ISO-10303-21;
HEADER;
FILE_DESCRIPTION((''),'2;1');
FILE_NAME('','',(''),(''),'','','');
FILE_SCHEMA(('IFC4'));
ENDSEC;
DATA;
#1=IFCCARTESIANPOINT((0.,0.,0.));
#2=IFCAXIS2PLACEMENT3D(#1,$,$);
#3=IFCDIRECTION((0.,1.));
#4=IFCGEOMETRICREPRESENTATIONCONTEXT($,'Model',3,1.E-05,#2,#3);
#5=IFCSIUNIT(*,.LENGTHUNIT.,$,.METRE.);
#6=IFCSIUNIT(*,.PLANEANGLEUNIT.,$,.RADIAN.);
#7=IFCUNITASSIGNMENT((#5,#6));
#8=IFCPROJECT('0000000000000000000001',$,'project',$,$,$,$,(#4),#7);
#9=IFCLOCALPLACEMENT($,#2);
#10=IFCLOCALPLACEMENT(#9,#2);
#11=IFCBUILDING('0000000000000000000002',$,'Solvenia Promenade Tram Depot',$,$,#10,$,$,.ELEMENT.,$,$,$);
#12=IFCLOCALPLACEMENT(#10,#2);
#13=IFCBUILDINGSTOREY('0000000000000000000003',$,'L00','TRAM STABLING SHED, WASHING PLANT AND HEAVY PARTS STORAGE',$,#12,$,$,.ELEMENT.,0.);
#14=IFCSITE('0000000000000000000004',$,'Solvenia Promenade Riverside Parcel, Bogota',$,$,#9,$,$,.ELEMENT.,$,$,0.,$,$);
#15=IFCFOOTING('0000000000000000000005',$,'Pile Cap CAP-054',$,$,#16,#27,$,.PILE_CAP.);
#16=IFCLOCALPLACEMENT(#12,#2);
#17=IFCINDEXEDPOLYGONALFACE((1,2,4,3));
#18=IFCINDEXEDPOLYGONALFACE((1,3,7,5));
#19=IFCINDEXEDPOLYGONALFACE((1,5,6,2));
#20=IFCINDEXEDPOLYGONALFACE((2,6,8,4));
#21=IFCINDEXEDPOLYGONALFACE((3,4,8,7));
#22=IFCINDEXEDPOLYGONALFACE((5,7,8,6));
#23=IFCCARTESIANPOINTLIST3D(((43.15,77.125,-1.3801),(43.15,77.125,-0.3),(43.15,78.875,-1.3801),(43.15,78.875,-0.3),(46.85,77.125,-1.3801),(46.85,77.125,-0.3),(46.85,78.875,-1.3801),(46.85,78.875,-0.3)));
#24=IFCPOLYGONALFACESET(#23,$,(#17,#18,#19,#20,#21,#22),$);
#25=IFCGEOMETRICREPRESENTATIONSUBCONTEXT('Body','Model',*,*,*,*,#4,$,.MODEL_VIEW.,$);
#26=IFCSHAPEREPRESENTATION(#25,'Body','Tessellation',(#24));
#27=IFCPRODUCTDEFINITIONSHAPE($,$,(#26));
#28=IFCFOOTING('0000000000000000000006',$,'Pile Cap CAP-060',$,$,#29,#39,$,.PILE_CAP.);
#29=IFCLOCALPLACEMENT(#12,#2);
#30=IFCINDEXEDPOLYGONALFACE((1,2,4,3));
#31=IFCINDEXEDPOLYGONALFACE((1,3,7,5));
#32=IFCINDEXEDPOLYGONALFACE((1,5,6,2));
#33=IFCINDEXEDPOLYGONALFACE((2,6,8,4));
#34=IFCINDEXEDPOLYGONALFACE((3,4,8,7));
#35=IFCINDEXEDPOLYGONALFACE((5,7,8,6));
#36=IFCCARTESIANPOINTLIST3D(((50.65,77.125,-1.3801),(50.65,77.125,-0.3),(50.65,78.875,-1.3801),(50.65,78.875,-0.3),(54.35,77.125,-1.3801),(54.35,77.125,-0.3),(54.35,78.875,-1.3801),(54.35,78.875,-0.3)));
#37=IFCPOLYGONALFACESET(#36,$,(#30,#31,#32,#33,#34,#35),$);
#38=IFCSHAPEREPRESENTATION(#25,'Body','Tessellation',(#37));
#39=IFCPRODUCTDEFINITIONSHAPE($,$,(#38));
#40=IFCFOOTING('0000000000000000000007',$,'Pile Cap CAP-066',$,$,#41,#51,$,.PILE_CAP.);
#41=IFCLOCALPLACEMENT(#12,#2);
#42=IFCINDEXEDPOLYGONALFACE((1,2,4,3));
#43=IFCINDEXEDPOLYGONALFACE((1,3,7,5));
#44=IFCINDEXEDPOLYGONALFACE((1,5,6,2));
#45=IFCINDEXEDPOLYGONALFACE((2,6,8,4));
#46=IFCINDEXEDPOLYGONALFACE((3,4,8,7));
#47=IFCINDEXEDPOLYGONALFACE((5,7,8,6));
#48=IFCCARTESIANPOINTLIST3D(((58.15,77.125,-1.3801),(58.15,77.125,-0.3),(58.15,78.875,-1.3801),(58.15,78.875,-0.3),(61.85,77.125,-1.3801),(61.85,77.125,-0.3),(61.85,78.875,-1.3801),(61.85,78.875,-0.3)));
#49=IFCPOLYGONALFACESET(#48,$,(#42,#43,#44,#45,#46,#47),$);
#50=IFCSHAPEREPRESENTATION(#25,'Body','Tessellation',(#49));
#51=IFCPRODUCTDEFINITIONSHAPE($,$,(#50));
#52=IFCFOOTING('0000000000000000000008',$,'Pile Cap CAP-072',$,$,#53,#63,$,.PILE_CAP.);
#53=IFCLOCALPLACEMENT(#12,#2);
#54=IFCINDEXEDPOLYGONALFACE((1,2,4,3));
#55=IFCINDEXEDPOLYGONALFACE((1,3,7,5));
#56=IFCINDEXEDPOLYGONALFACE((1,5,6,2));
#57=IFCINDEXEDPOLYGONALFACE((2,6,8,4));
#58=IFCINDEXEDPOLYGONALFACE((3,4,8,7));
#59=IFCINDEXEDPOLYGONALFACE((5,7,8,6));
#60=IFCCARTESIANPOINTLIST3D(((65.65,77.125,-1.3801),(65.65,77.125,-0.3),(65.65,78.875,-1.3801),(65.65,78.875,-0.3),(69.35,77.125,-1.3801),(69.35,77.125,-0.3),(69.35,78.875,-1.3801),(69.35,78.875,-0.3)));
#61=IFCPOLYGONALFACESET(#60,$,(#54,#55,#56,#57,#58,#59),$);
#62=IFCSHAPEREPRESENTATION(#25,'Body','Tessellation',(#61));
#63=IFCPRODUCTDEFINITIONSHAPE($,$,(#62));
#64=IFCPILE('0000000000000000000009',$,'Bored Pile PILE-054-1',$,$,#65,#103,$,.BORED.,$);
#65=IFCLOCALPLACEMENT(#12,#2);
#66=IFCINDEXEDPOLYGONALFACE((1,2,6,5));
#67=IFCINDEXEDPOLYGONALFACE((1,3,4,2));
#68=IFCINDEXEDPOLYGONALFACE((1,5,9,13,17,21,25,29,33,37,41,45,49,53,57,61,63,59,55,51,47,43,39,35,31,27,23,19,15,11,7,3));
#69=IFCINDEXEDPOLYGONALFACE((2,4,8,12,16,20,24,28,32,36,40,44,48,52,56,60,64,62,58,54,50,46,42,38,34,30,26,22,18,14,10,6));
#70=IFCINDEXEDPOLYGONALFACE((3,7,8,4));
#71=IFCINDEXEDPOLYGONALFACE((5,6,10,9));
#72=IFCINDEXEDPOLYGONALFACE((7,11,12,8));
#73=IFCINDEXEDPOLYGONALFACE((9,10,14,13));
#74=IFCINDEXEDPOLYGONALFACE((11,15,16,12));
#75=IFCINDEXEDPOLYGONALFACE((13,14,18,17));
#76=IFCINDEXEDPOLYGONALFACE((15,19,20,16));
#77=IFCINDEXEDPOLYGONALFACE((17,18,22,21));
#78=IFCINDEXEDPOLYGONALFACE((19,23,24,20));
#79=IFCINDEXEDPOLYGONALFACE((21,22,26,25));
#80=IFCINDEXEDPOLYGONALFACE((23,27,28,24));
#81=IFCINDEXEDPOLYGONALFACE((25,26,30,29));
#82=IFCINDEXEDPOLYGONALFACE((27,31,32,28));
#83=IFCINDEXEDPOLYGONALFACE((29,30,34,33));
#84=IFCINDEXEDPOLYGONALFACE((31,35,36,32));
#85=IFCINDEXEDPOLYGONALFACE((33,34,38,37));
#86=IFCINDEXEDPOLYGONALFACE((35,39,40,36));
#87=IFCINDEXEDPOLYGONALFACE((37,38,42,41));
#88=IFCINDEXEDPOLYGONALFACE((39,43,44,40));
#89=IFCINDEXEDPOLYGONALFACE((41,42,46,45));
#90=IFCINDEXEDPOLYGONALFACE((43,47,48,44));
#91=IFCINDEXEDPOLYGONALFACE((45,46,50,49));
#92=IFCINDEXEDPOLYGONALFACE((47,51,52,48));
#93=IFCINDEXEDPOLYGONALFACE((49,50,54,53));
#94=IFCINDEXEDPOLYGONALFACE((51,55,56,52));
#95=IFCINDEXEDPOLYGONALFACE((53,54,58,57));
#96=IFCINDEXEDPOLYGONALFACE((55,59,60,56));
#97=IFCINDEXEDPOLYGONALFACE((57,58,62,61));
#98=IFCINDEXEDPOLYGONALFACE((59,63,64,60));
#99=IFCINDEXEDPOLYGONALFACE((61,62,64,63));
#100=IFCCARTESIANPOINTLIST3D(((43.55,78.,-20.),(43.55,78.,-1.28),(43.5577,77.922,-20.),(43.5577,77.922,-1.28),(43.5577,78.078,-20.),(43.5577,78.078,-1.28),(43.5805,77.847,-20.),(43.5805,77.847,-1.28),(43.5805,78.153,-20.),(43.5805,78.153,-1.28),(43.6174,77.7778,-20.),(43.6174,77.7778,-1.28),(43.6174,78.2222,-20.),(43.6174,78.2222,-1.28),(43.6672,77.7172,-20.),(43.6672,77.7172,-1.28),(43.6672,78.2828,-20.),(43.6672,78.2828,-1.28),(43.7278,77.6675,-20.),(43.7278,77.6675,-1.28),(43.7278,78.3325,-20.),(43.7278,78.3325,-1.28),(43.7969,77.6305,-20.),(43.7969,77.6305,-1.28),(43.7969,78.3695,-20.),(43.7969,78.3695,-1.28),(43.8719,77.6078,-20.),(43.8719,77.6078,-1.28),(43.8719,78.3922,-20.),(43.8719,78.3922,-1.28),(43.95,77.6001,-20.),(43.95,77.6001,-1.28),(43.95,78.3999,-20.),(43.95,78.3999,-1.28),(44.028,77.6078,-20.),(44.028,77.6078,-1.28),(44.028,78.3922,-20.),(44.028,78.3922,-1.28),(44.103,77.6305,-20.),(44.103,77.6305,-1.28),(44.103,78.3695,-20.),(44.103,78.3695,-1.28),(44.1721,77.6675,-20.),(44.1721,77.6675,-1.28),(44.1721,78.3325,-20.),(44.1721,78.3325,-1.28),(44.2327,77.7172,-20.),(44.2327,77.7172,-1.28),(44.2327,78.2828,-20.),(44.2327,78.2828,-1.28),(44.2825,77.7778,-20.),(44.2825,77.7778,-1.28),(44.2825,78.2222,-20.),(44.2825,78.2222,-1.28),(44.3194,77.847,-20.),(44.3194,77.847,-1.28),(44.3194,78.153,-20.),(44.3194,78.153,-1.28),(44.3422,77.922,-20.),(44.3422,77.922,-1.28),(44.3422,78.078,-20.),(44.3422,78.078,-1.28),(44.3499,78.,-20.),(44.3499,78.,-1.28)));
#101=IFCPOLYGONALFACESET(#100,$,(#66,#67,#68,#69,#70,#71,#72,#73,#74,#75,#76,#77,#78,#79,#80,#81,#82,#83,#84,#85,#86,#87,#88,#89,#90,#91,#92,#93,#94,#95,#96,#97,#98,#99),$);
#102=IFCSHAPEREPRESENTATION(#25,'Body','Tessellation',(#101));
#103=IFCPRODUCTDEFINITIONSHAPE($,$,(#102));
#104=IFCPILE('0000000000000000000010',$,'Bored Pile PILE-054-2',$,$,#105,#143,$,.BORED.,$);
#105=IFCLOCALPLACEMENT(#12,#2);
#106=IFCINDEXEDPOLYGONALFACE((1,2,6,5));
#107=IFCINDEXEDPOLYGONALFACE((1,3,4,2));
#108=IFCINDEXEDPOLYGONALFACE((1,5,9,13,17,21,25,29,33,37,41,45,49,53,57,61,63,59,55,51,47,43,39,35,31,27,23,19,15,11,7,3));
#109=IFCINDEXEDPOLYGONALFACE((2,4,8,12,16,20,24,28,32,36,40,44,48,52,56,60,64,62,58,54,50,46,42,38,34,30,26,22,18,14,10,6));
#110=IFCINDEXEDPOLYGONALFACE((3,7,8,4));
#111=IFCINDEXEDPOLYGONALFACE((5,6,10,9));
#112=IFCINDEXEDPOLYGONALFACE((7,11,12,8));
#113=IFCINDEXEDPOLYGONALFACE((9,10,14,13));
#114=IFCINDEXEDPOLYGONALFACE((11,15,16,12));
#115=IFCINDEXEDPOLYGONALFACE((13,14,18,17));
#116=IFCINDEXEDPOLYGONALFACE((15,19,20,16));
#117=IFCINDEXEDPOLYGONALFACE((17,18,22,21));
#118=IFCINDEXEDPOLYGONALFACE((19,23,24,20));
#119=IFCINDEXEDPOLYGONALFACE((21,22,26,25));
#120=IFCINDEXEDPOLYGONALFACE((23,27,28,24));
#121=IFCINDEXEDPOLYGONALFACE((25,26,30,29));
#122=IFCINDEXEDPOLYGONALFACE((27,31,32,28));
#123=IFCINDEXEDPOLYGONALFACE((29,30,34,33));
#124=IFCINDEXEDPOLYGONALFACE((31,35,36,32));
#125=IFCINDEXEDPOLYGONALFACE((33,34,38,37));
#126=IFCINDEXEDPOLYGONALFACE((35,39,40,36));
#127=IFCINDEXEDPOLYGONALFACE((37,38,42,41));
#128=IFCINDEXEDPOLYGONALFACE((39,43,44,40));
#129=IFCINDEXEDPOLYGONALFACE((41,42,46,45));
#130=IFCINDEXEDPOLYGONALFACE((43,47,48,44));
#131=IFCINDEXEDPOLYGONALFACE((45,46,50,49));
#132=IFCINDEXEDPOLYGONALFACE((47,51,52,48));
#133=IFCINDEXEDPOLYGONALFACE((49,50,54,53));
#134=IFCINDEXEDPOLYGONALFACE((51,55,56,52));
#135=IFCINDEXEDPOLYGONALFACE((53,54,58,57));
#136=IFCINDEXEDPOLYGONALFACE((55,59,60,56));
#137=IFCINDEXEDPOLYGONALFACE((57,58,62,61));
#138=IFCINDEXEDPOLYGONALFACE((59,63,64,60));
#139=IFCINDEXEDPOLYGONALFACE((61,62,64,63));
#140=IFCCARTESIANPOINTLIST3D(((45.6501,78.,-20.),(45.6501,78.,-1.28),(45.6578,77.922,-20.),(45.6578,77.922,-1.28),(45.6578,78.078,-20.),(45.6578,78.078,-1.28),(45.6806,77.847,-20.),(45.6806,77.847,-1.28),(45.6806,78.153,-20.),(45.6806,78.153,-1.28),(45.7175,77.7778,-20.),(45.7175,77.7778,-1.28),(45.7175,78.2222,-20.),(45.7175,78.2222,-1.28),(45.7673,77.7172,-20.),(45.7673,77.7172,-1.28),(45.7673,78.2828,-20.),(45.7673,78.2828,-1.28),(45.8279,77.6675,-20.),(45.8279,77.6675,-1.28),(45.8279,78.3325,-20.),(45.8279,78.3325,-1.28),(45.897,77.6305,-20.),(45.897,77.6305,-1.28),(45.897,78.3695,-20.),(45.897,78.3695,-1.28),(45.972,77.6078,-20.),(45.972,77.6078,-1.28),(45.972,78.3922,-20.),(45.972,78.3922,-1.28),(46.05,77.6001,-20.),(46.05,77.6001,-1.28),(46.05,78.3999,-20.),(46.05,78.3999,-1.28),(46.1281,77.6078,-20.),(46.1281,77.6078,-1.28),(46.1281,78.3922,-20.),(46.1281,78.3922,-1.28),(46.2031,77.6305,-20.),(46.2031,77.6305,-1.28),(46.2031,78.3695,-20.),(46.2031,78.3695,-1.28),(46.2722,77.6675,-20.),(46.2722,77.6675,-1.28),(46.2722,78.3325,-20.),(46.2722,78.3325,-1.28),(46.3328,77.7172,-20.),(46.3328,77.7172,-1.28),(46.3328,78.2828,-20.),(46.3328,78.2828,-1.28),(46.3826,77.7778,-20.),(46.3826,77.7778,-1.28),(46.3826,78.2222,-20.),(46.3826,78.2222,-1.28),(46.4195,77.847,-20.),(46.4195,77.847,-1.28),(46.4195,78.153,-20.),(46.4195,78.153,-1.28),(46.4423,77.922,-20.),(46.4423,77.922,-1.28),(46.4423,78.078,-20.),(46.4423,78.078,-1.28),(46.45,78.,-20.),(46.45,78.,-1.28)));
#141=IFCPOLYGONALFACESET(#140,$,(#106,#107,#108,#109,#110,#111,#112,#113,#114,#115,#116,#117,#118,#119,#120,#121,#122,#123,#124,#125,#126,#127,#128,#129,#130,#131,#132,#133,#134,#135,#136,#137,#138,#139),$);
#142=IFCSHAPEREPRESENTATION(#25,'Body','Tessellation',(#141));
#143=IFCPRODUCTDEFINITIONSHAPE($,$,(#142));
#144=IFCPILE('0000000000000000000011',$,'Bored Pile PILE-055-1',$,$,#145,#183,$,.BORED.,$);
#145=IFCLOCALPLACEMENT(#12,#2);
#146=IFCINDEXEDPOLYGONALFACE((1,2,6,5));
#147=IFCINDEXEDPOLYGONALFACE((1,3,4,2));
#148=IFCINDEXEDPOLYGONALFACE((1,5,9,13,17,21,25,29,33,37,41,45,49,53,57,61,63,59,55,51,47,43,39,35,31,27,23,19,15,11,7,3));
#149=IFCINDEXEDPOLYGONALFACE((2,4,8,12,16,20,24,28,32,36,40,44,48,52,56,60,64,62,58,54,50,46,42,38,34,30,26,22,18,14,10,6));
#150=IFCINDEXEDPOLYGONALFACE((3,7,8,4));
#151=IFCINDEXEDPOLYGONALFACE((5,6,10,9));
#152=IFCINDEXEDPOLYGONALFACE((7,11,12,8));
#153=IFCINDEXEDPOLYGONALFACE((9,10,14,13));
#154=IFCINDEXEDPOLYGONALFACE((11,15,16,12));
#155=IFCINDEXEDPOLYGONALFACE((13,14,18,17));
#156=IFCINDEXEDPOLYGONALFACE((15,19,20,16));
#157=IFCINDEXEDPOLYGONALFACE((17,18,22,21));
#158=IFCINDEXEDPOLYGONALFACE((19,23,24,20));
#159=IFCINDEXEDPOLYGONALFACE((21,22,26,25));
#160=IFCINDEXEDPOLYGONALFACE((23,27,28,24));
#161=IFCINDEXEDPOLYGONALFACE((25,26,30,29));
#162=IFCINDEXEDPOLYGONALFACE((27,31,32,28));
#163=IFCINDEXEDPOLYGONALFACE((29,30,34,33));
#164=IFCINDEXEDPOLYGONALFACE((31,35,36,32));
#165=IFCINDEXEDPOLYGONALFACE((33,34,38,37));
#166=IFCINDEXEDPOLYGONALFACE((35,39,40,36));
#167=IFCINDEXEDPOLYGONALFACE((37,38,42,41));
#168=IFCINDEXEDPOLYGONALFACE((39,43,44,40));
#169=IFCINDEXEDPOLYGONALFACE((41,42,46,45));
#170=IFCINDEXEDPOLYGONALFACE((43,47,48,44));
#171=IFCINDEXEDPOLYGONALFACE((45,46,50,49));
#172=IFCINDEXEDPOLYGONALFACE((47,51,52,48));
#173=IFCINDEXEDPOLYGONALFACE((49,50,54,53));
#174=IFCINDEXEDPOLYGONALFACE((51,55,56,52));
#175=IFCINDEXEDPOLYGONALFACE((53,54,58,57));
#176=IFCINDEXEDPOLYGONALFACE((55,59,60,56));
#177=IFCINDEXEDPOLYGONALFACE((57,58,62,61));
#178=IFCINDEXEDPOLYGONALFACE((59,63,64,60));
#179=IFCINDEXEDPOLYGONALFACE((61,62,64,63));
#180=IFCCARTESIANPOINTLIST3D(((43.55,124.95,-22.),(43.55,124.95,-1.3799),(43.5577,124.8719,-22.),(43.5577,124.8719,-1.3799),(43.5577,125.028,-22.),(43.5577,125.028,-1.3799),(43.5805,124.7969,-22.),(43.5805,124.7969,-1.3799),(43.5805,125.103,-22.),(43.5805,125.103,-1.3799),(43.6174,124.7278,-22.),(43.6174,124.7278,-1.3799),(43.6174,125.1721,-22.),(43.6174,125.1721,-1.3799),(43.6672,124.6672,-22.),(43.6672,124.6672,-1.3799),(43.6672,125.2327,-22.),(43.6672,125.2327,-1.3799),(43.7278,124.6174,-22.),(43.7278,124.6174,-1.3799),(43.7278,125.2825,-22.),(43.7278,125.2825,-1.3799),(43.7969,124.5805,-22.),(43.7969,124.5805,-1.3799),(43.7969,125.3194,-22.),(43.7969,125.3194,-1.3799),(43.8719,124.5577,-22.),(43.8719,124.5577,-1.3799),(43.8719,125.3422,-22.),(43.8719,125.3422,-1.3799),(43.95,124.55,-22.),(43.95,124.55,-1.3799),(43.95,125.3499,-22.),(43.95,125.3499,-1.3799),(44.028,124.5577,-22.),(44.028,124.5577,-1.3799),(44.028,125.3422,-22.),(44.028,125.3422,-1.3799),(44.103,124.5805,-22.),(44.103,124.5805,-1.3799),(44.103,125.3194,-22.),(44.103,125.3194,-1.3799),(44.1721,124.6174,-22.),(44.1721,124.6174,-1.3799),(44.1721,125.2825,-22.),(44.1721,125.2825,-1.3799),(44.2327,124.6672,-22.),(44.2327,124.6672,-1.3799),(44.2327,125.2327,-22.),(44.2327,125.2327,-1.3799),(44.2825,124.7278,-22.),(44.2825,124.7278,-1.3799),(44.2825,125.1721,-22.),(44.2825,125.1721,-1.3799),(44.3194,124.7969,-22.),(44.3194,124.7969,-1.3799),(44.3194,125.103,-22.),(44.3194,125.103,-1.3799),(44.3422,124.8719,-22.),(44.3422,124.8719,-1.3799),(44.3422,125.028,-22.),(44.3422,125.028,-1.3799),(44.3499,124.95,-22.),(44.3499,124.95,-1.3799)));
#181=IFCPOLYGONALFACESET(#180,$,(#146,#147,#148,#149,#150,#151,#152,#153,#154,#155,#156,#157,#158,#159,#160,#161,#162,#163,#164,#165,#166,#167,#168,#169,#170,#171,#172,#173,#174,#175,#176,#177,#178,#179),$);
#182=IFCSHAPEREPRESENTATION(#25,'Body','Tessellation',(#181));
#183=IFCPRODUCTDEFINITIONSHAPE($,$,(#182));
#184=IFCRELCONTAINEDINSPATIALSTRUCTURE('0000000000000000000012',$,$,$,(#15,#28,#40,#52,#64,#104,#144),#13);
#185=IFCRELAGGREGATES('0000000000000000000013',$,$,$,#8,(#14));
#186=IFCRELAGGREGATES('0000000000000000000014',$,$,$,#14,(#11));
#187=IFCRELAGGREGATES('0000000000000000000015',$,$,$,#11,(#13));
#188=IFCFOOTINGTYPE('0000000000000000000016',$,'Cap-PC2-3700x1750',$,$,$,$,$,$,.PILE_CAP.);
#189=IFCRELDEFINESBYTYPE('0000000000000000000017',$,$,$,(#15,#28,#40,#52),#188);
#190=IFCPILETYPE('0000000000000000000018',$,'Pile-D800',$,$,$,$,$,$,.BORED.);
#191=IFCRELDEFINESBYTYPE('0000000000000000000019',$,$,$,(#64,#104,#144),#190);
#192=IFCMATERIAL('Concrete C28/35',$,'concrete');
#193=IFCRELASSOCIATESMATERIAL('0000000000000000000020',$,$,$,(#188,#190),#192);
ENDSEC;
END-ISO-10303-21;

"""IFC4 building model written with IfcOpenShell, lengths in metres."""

from ifc_helpers import new_model, si_unit, direction, frame, origin, origin_2d, place, context, subcontext, project, spatial, rectangle, circle, extrude, material, material_profile, profile_set, type_object, element, save


model = new_model("IFC4")

# Units and contexts
model_context = context("Model", 3, precision=1e-05, world=origin(), true_north=direction((0.0, 1.0)))
body_context = subcontext(model_context, "Body", "Model", "MODEL_VIEW")
ifc_project = project(units=[si_unit("LENGTHUNIT", "METRE"), si_unit("PLANEANGLEUNIT", "RADIAN")], contexts=[model_context])

# Site, building, storey
site_placement = place(None, origin())
site = spatial("IfcSite", under=ifc_project, at=site_placement, Name="Solvenia Promenade Riverside Parcel, Bogota", CompositionType="ELEMENT", RefElevation=0.0)
building_placement = place(site_placement, origin())
building = spatial("IfcBuilding", under=site, at=building_placement, Name="Solvenia Promenade Tram Depot", CompositionType="ELEMENT")
storey_placement = place(building_placement, origin())
storey = spatial("IfcBuildingStorey", under=building, at=storey_placement, Name="L00", Description="TRAM STABLING SHED, WASHING PLANT AND HEAVY PARTS STORAGE", CompositionType="ELEMENT", Elevation=0.0)

# Footings
ifc_material_1 = material(Name="Concrete C28/35", Category="concrete")
footing_type_1 = type_object("IfcFootingType", Name="Cap-PC2-3700x1750", PredefinedType="PILE_CAP", material=ifc_material_1)
for number, where, z_axis, x_axis, name in (
    (1, (45.0, 78.0, -1.3801), (0.0, 0.0, 1.0), (1.0, 0.0, 0.0), "Pile Cap CAP-054"),
    (2, (52.5, 78.0, -1.3801), (0.0, 0.0, 1.0), (1.0, 0.0, 0.0), "Pile Cap CAP-060"),
    (3, (60.0, 78.0, -1.3801), (0.0, 0.0, 1.0), (1.0, 0.0, 0.0), "Pile Cap CAP-066"),
    (4, (67.5, 78.0, -1.3801), (0.0, 0.0, 1.0), (1.0, 0.0, 0.0), "Pile Cap CAP-072"),
):
    element("IfcFooting", number, at=place(storey_placement, frame(where, z_axis=z_axis, x_axis=x_axis)), inside=storey, type_object=footing_type_1, Name=name, PredefinedType="PILE_CAP", context=body_context, shape_type="SweptSolid", body=[
        extrude(rectangle(XDim=3.7, YDim=1.75, at=origin_2d()), origin(), (0.0, 0.0, 1.0), 1.0801),
    ])

# Piles
ifc_material_profile_1 = material_profile(ifc_material_1, circle(Radius=0.3999, at=origin_2d()), Name="D800", Category="concrete")
ifc_profile_set_1 = profile_set([ifc_material_profile_1], Name="Concrete C28/35")
pile_type = type_object("IfcPileType", Name="Pile-D800", PredefinedType="BORED", material=ifc_profile_set_1)
for number, where, z_axis, x_axis, name in (
    (5, (43.95, 78.0, -1.28), (0.0, 0.0, -1.0), (1.0, 0.0, 0.0), "Bored Pile PILE-054-1"),
    (6, (46.05, 78.0, -1.28), (0.0, 0.0, -1.0), (1.0, 0.0, 0.0), "Bored Pile PILE-054-2"),
):
    element("IfcPile", number, at=place(storey_placement, frame(where, z_axis=z_axis, x_axis=x_axis)), inside=storey, type_object=pile_type, Name=name, PredefinedType="BORED", context=body_context, shape_type="SweptSolid", body=[
        extrude(circle(Radius=0.3999, at=origin_2d()), origin(), (0.0, 0.0, 1.0), 18.72),
    ])
for number, where, z_axis, x_axis, name in (
    (7, (43.95, 124.95, -1.3799), (0.0, 0.0, -1.0), (1.0, 0.0, 0.0), "Bored Pile PILE-055-1"),
):
    element("IfcPile", number, at=place(storey_placement, frame(where, z_axis=z_axis, x_axis=x_axis)), inside=storey, type_object=pile_type, Name=name, PredefinedType="BORED", context=body_context, shape_type="SweptSolid", body=[
        extrude(circle(Radius=0.3999, at=origin_2d()), origin(), (0.0, 0.0, 1.0), 20.6201),
    ])

save(model, "model.ifc")
